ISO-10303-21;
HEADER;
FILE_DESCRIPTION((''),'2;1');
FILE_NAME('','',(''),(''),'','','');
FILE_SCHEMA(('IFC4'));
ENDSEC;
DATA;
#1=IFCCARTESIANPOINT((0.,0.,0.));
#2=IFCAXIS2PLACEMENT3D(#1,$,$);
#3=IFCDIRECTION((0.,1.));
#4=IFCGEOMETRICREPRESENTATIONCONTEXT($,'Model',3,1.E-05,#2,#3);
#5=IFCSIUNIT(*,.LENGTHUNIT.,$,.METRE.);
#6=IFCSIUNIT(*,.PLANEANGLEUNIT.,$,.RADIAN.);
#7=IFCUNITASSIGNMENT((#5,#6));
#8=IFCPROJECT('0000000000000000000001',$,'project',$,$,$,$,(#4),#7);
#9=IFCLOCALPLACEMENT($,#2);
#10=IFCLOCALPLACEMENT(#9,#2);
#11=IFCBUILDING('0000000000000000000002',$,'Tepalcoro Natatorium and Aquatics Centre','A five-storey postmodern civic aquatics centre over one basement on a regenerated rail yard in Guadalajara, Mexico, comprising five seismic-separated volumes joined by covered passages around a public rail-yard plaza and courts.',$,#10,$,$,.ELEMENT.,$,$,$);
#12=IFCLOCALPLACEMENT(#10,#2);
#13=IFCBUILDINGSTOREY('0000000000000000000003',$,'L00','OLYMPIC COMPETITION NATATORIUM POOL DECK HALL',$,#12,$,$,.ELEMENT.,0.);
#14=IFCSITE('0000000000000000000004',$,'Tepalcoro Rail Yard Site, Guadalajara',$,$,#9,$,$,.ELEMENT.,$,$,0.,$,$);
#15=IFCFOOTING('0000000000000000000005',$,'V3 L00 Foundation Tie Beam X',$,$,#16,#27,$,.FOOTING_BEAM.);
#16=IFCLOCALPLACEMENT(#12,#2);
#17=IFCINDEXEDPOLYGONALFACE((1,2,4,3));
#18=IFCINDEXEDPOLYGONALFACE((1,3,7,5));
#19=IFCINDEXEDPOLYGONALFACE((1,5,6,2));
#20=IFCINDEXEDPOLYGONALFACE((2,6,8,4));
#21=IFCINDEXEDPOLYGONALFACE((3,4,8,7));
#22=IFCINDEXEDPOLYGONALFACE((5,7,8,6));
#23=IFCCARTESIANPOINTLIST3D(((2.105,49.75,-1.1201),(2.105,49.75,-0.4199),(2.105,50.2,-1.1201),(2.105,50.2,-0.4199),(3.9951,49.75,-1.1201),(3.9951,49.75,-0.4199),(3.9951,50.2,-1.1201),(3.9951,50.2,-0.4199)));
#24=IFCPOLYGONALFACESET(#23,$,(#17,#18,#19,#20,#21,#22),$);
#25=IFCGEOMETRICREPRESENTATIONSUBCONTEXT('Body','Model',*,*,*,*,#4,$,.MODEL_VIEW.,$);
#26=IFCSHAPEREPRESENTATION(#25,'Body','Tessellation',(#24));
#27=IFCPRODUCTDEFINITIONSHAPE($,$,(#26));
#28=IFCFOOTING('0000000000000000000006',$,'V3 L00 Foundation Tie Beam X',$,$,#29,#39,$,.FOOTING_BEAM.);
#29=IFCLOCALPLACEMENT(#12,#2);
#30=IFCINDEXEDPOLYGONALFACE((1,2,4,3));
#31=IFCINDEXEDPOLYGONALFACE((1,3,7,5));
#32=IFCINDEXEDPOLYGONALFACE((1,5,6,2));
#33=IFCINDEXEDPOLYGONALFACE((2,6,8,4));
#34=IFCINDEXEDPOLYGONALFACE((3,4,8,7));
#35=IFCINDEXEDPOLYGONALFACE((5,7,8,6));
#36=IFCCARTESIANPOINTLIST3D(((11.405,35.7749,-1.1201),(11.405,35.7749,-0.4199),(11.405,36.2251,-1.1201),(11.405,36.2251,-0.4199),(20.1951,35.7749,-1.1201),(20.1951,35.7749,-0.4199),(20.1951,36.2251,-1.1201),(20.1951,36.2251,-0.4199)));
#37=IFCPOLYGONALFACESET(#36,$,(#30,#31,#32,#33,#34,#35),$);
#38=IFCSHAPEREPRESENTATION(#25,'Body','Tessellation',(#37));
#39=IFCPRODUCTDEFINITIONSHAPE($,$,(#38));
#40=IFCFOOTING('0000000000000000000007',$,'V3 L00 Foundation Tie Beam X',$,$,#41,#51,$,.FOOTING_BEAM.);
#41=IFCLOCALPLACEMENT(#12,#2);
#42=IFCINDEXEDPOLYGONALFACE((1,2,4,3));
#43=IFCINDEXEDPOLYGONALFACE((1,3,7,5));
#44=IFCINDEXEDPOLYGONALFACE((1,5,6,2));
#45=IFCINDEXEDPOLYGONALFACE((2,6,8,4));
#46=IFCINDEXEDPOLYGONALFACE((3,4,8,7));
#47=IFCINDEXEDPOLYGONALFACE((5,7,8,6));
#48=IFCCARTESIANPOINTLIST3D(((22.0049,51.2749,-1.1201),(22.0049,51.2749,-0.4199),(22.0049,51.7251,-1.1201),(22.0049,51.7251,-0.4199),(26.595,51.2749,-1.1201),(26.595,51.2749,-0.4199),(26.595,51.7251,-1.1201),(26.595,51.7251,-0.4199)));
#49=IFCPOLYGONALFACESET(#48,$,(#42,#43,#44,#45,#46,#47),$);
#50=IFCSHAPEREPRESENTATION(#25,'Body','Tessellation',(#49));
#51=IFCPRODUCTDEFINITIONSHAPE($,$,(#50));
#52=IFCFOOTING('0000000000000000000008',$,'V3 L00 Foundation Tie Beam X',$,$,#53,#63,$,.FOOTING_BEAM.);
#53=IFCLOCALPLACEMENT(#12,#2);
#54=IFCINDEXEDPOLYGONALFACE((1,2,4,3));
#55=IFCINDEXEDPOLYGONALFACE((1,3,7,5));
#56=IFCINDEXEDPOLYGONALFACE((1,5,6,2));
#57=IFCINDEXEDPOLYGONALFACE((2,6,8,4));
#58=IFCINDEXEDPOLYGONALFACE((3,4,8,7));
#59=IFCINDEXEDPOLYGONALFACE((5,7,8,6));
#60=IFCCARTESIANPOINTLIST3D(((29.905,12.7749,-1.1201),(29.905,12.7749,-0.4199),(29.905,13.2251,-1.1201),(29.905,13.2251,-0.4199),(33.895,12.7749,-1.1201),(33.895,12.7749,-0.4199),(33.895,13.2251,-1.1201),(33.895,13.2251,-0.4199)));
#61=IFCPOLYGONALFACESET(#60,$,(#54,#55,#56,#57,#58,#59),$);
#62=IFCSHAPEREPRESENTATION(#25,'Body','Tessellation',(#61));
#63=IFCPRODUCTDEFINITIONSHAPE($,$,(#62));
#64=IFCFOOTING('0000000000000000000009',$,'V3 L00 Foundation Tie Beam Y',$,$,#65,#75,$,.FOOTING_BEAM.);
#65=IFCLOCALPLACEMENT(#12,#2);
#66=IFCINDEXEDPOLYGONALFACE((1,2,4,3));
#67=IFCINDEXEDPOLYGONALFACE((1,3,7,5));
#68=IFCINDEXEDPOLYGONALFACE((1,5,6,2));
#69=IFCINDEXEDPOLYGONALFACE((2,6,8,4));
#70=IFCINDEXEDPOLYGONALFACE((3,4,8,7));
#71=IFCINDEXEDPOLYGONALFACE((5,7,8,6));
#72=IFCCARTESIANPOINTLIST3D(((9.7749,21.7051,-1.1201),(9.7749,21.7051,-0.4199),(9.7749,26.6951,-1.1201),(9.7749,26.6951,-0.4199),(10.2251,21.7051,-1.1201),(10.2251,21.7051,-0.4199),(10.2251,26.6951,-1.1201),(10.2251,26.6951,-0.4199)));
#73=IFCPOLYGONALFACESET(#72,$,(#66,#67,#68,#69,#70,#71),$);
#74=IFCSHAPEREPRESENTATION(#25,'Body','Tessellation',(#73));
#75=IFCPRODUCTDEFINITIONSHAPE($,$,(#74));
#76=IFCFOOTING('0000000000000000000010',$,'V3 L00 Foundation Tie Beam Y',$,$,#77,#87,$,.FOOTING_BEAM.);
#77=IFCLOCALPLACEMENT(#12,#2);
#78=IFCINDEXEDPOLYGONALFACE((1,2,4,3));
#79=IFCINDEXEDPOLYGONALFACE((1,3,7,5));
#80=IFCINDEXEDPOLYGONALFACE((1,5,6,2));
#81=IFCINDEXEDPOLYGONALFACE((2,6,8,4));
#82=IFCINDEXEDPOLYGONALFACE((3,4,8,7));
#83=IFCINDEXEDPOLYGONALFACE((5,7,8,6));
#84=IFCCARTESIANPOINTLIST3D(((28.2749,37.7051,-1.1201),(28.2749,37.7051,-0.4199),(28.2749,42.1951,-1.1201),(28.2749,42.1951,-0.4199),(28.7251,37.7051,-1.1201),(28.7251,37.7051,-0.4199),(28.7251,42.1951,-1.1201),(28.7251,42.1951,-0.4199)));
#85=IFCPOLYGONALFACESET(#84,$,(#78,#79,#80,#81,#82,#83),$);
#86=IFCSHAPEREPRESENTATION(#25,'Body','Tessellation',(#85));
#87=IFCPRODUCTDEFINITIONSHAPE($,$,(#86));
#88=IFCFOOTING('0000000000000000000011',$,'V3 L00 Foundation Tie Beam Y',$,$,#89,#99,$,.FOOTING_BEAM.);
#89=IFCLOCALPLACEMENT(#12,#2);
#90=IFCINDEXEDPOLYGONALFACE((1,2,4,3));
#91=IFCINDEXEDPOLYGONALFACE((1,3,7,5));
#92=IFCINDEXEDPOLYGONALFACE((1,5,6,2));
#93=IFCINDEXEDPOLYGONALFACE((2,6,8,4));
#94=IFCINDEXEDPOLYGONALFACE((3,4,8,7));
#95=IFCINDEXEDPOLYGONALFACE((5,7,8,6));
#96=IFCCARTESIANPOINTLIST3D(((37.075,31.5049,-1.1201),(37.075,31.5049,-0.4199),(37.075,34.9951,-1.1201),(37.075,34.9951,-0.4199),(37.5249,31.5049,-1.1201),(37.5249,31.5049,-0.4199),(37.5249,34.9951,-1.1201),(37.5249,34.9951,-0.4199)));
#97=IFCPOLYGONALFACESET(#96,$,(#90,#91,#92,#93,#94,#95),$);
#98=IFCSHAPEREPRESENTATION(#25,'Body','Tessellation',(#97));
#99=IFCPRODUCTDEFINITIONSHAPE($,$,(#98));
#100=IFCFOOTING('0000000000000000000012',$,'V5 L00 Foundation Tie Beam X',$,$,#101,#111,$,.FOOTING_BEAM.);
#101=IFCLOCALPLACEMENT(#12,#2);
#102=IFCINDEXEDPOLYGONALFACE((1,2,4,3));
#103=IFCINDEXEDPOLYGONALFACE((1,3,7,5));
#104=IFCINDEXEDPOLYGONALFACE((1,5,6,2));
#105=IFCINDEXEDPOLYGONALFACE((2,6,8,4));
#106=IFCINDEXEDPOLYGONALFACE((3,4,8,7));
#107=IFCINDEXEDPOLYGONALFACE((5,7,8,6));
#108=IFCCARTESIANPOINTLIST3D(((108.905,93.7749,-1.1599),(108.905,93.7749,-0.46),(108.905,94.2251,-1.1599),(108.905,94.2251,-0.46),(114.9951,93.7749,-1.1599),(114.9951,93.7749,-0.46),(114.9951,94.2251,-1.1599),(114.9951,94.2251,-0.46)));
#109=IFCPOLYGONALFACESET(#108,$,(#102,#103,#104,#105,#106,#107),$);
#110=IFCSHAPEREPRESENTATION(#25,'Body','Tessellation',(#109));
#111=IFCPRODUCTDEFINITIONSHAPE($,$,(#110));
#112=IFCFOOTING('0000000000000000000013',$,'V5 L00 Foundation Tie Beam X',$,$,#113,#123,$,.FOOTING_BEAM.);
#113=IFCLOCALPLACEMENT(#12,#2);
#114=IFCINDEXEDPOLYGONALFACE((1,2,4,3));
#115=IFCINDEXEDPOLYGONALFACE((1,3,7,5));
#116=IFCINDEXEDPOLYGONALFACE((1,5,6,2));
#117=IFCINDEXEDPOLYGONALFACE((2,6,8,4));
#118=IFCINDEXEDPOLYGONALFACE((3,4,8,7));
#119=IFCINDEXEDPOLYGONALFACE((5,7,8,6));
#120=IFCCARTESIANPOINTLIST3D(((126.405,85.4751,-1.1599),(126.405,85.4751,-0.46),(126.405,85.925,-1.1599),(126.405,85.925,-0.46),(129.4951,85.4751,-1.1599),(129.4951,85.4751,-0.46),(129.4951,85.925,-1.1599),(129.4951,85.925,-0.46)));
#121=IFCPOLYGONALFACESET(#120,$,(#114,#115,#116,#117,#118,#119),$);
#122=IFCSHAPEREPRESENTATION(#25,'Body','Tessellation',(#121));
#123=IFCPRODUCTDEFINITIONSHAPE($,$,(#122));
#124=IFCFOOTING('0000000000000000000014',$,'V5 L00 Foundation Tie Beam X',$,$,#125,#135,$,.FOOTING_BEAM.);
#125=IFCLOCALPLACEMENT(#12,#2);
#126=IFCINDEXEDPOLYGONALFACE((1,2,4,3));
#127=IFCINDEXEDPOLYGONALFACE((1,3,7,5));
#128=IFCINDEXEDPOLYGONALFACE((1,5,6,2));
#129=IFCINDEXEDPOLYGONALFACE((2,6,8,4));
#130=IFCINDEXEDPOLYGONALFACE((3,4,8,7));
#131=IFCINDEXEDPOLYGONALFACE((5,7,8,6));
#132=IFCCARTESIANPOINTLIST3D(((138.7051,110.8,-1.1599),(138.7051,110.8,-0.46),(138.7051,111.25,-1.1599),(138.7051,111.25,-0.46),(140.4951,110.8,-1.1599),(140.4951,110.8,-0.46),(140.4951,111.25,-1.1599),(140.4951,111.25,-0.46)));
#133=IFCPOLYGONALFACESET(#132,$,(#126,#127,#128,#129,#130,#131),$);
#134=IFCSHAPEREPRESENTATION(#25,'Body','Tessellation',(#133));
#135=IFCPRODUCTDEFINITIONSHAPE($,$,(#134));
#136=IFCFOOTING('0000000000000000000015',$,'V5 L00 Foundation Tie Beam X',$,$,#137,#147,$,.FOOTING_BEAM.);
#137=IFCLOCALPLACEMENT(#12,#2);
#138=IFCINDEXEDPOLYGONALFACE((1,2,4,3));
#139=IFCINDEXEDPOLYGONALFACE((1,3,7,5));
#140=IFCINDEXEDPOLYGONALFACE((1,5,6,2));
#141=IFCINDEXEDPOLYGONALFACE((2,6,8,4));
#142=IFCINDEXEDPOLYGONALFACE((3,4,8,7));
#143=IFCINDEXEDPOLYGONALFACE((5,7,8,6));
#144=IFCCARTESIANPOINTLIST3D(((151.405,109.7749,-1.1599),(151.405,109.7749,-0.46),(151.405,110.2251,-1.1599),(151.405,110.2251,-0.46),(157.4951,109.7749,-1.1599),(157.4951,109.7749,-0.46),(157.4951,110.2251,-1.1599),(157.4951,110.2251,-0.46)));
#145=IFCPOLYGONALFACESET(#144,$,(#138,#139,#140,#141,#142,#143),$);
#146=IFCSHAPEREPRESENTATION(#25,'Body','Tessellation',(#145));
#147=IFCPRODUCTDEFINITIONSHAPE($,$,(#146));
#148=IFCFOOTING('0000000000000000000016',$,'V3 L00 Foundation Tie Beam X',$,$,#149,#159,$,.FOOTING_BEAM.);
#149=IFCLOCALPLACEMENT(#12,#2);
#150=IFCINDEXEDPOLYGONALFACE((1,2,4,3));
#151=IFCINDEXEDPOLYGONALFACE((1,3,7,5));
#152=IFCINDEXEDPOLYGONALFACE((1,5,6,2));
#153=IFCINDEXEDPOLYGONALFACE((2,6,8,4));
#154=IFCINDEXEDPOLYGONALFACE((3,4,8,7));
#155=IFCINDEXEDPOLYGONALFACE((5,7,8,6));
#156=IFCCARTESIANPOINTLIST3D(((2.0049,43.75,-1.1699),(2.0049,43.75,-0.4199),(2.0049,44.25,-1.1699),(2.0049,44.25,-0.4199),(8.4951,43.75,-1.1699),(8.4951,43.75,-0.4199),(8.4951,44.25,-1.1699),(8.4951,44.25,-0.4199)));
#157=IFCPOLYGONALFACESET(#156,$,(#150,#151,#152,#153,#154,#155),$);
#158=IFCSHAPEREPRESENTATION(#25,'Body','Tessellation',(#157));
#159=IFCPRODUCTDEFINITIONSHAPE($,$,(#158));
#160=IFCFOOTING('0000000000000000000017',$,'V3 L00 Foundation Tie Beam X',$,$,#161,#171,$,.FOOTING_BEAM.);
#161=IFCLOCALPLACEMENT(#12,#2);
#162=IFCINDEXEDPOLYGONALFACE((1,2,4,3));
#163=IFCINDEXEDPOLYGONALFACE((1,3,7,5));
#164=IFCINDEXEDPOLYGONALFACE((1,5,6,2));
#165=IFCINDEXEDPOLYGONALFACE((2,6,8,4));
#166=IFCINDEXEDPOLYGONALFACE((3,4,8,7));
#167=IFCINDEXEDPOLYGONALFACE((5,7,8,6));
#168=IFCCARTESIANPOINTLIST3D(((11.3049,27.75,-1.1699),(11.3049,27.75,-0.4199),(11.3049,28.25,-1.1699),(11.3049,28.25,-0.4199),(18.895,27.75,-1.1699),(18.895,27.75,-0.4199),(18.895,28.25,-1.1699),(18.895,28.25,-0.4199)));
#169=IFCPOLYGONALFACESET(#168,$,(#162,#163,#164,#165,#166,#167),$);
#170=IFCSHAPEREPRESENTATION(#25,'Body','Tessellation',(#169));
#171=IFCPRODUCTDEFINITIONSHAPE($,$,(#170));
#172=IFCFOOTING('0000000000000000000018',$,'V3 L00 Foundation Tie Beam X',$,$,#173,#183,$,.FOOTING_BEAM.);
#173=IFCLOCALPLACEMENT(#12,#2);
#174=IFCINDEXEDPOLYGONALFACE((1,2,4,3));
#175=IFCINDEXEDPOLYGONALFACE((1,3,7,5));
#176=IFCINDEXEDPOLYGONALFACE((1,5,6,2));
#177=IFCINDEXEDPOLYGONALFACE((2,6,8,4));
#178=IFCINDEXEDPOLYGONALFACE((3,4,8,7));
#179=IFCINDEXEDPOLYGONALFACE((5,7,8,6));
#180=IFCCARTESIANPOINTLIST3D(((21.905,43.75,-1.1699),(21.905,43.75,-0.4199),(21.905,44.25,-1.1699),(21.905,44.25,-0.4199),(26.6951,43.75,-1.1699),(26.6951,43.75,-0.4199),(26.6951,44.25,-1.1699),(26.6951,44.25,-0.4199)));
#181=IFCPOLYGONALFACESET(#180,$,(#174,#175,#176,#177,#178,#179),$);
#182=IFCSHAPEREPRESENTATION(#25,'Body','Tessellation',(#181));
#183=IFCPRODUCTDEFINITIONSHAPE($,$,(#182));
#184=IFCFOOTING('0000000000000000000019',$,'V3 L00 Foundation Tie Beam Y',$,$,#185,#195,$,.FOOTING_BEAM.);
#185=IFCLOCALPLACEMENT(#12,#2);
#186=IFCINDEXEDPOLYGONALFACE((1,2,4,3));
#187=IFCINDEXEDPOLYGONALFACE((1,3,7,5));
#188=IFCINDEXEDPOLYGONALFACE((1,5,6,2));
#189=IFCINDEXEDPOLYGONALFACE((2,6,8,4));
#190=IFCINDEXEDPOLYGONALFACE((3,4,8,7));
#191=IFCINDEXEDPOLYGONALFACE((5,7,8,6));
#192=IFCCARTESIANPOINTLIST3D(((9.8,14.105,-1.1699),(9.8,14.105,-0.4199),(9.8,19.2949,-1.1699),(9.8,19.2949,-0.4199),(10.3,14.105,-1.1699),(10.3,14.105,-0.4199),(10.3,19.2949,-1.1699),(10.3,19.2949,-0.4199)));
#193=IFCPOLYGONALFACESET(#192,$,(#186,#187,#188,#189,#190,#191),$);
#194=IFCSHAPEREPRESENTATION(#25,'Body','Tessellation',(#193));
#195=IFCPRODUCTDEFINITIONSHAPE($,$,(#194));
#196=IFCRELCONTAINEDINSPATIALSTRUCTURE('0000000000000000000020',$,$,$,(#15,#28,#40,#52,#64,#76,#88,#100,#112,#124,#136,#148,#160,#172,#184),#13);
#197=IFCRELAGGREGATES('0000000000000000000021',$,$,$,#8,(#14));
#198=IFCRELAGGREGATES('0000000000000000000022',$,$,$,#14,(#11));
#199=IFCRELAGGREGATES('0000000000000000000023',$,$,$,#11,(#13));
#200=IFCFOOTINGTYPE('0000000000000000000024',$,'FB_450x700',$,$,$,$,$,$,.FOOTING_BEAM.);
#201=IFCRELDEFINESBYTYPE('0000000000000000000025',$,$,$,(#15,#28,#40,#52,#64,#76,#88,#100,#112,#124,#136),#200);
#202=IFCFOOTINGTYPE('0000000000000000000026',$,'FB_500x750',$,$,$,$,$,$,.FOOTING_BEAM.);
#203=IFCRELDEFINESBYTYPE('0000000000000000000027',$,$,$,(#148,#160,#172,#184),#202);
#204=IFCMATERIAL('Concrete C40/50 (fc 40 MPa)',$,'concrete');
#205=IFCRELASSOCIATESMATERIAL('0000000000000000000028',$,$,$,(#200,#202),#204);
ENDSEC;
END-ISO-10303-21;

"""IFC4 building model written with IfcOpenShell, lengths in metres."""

from ifc_helpers import new_model, si_unit, direction, frame, origin, place, context, subcontext, project, spatial, polyline, outline, extrude, material, type_object, element, save


model = new_model("IFC4")

# Units and contexts
model_context = context("Model", 3, precision=1e-05, world=origin(), true_north=direction((0.0, 1.0)))
body_context = subcontext(model_context, "Body", "Model", "MODEL_VIEW")
ifc_project = project(units=[si_unit("LENGTHUNIT", "METRE"), si_unit("PLANEANGLEUNIT", "RADIAN")], contexts=[model_context])

# Site, building, storey
site_placement = place(None, origin())
site = spatial("IfcSite", under=ifc_project, at=site_placement, Name="Tepalcoro Rail Yard Site, Guadalajara", CompositionType="ELEMENT", RefElevation=0.0)
building_placement = place(site_placement, origin())
building = spatial("IfcBuilding", under=site, at=building_placement, Name="Tepalcoro Natatorium and Aquatics Centre", Description="A five-storey postmodern civic aquatics centre over one basement on a regenerated rail yard in Guadalajara, Mexico, comprising five seismic-separated volumes joined by covered passages around a public rail-yard plaza and courts.", CompositionType="ELEMENT")
storey_placement = place(building_placement, origin())
storey = spatial("IfcBuildingStorey", under=building, at=storey_placement, Name="L00", Description="OLYMPIC COMPETITION NATATORIUM POOL DECK HALL", CompositionType="ELEMENT", Elevation=0.0)

# Footings
ifc_material = material(Name="Concrete C40/50 (fc 40 MPa)", Category="concrete")
footing_type_1 = type_object("IfcFootingType", Name="FB_450x700", PredefinedType="FOOTING_BEAM", material=ifc_material)
footing_1_placement = place(storey_placement, frame((0.0, 0.0, -1.1201)))
element("IfcFooting", 1, at=footing_1_placement, inside=storey, type_object=footing_type_1, Name="V3 L00 Foundation Tie Beam X", PredefinedType="FOOTING_BEAM", context=body_context, shape_type="SweptSolid", body=[
    extrude(outline(polyline([(2.105, 49.75), (3.9951, 49.75), (3.9951, 50.2), (2.105, 50.2), (2.105, 49.75)])), origin(), (0.0, 0.0, 1.0), 0.7002),
])
footing_2_placement = place(storey_placement, frame((0.0, 0.0, -1.1201)))
element("IfcFooting", 2, at=footing_2_placement, inside=storey, type_object=footing_type_1, Name="V3 L00 Foundation Tie Beam X", PredefinedType="FOOTING_BEAM", context=body_context, shape_type="SweptSolid", body=[
    extrude(outline(polyline([(11.405, 35.7749), (20.1951, 35.7749), (20.1951, 36.2251), (11.405, 36.2251), (11.405, 35.7749)])), origin(), (0.0, 0.0, 1.0), 0.7002),
])
footing_3_placement = place(storey_placement, frame((0.0, 0.0, -1.1201)))
element("IfcFooting", 3, at=footing_3_placement, inside=storey, type_object=footing_type_1, Name="V3 L00 Foundation Tie Beam X", PredefinedType="FOOTING_BEAM", context=body_context, shape_type="SweptSolid", body=[
    extrude(outline(polyline([(22.0049, 51.2749), (26.595, 51.2749), (26.595, 51.7251), (22.0049, 51.7251), (22.0049, 51.2749)])), origin(), (0.0, 0.0, 1.0), 0.7002),
])
footing_4_placement = place(storey_placement, frame((0.0, 0.0, -1.1201)))
element("IfcFooting", 4, at=footing_4_placement, inside=storey, type_object=footing_type_1, Name="V3 L00 Foundation Tie Beam X", PredefinedType="FOOTING_BEAM", context=body_context, shape_type="SweptSolid", body=[
    extrude(outline(polyline([(29.905, 12.7749), (33.895, 12.7749), (33.895, 13.2251), (29.905, 13.2251), (29.905, 12.7749)])), origin(), (0.0, 0.0, 1.0), 0.7002),
])
footing_5_placement = place(storey_placement, frame((0.0, 0.0, -1.1201)))
element("IfcFooting", 5, at=footing_5_placement, inside=storey, type_object=footing_type_1, Name="V3 L00 Foundation Tie Beam Y", PredefinedType="FOOTING_BEAM", context=body_context, shape_type="SweptSolid", body=[
    extrude(outline(polyline([(10.2251, 21.7051), (10.2251, 26.6951), (9.7749, 26.6951), (9.7749, 21.7051), (10.2251, 21.7051)])), origin(), (0.0, 0.0, 1.0), 0.7002),
])
footing_6_placement = place(storey_placement, frame((0.0, 0.0, -1.1201)))
element("IfcFooting", 6, at=footing_6_placement, inside=storey, type_object=footing_type_1, Name="V3 L00 Foundation Tie Beam Y", PredefinedType="FOOTING_BEAM", context=body_context, shape_type="SweptSolid", body=[
    extrude(outline(polyline([(28.7251, 37.7051), (28.7251, 42.1951), (28.2749, 42.1951), (28.2749, 37.7051), (28.7251, 37.7051)])), origin(), (0.0, 0.0, 1.0), 0.7002),
])
footing_7_placement = place(storey_placement, frame((0.0, 0.0, -1.1201)))
element("IfcFooting", 7, at=footing_7_placement, inside=storey, type_object=footing_type_1, Name="V3 L00 Foundation Tie Beam Y", PredefinedType="FOOTING_BEAM", context=body_context, shape_type="SweptSolid", body=[
    extrude(outline(polyline([(37.5249, 31.5049), (37.5249, 34.9951), (37.075, 34.9951), (37.075, 31.5049), (37.5249, 31.5049)])), origin(), (0.0, 0.0, 1.0), 0.7002),
])
footing_8_placement = place(storey_placement, frame((0.0, 0.0, -1.1599)))
element("IfcFooting", 8, at=footing_8_placement, inside=storey, type_object=footing_type_1, Name="V5 L00 Foundation Tie Beam X", PredefinedType="FOOTING_BEAM", context=body_context, shape_type="SweptSolid", body=[
    extrude(outline(polyline([(108.905, 93.7749), (114.9951, 93.7749), (114.9951, 94.2251), (108.905, 94.2251), (108.905, 93.7749)])), origin(), (0.0, 0.0, 1.0), 0.7),
])
footing_9_placement = place(storey_placement, frame((0.0, 0.0, -1.1599)))
element("IfcFooting", 9, at=footing_9_placement, inside=storey, type_object=footing_type_1, Name="V5 L00 Foundation Tie Beam X", PredefinedType="FOOTING_BEAM", context=body_context, shape_type="SweptSolid", body=[
    extrude(outline(polyline([(126.405, 85.4751), (129.4951, 85.4751), (129.4951, 85.925), (126.405, 85.925), (126.405, 85.4751)])), origin(), (0.0, 0.0, 1.0), 0.7),
])
footing_10_placement = place(storey_placement, frame((0.0, 0.0, -1.1599)))
element("IfcFooting", 10, at=footing_10_placement, inside=storey, type_object=footing_type_1, Name="V5 L00 Foundation Tie Beam X", PredefinedType="FOOTING_BEAM", context=body_context, shape_type="SweptSolid", body=[
    extrude(outline(polyline([(138.7051, 110.8), (140.4951, 110.8), (140.4951, 111.25), (138.7051, 111.25), (138.7051, 110.8)])), origin(), (0.0, 0.0, 1.0), 0.7),
])
footing_11_placement = place(storey_placement, frame((0.0, 0.0, -1.1599)))
element("IfcFooting", 11, at=footing_11_placement, inside=storey, type_object=footing_type_1, Name="V5 L00 Foundation Tie Beam X", PredefinedType="FOOTING_BEAM", context=body_context, shape_type="SweptSolid", body=[
    extrude(outline(polyline([(151.405, 109.7749), (157.4951, 109.7749), (157.4951, 110.2251), (151.405, 110.2251), (151.405, 109.7749)])), origin(), (0.0, 0.0, 1.0), 0.7),
])
footing_type_2 = type_object("IfcFootingType", Name="FB_500x750", PredefinedType="FOOTING_BEAM", material=ifc_material)
footing_12_placement = place(storey_placement, frame((0.0, 0.0, -1.1699)))
element("IfcFooting", 12, at=footing_12_placement, inside=storey, type_object=footing_type_2, Name="V3 L00 Foundation Tie Beam X", PredefinedType="FOOTING_BEAM", context=body_context, shape_type="SweptSolid", body=[
    extrude(outline(polyline([(2.0049, 43.75), (8.4951, 43.75), (8.4951, 44.25), (2.0049, 44.25), (2.0049, 43.75)])), origin(), (0.0, 0.0, 1.0), 0.75),
])
footing_13_placement = place(storey_placement, frame((0.0, 0.0, -1.1699)))
element("IfcFooting", 13, at=footing_13_placement, inside=storey, type_object=footing_type_2, Name="V3 L00 Foundation Tie Beam X", PredefinedType="FOOTING_BEAM", context=body_context, shape_type="SweptSolid", body=[
    extrude(outline(polyline([(11.3049, 27.75), (18.895, 27.75), (18.895, 28.25), (11.3049, 28.25), (11.3049, 27.75)])), origin(), (0.0, 0.0, 1.0), 0.75),
])
footing_14_placement = place(storey_placement, frame((0.0, 0.0, -1.1699)))
element("IfcFooting", 14, at=footing_14_placement, inside=storey, type_object=footing_type_2, Name="V3 L00 Foundation Tie Beam X", PredefinedType="FOOTING_BEAM", context=body_context, shape_type="SweptSolid", body=[
    extrude(outline(polyline([(21.905, 43.75), (26.6951, 43.75), (26.6951, 44.25), (21.905, 44.25), (21.905, 43.75)])), origin(), (0.0, 0.0, 1.0), 0.75),
])
footing_15_placement = place(storey_placement, frame((0.0, 0.0, -1.1699)))
element("IfcFooting", 15, at=footing_15_placement, inside=storey, type_object=footing_type_2, Name="V3 L00 Foundation Tie Beam Y", PredefinedType="FOOTING_BEAM", context=body_context, shape_type="SweptSolid", body=[
    extrude(outline(polyline([(10.3, 14.105), (10.3, 19.2949), (9.8, 19.2949), (9.8, 14.105), (10.3, 14.105)])), origin(), (0.0, 0.0, 1.0), 0.75),
])

save(model, "model.ifc")
